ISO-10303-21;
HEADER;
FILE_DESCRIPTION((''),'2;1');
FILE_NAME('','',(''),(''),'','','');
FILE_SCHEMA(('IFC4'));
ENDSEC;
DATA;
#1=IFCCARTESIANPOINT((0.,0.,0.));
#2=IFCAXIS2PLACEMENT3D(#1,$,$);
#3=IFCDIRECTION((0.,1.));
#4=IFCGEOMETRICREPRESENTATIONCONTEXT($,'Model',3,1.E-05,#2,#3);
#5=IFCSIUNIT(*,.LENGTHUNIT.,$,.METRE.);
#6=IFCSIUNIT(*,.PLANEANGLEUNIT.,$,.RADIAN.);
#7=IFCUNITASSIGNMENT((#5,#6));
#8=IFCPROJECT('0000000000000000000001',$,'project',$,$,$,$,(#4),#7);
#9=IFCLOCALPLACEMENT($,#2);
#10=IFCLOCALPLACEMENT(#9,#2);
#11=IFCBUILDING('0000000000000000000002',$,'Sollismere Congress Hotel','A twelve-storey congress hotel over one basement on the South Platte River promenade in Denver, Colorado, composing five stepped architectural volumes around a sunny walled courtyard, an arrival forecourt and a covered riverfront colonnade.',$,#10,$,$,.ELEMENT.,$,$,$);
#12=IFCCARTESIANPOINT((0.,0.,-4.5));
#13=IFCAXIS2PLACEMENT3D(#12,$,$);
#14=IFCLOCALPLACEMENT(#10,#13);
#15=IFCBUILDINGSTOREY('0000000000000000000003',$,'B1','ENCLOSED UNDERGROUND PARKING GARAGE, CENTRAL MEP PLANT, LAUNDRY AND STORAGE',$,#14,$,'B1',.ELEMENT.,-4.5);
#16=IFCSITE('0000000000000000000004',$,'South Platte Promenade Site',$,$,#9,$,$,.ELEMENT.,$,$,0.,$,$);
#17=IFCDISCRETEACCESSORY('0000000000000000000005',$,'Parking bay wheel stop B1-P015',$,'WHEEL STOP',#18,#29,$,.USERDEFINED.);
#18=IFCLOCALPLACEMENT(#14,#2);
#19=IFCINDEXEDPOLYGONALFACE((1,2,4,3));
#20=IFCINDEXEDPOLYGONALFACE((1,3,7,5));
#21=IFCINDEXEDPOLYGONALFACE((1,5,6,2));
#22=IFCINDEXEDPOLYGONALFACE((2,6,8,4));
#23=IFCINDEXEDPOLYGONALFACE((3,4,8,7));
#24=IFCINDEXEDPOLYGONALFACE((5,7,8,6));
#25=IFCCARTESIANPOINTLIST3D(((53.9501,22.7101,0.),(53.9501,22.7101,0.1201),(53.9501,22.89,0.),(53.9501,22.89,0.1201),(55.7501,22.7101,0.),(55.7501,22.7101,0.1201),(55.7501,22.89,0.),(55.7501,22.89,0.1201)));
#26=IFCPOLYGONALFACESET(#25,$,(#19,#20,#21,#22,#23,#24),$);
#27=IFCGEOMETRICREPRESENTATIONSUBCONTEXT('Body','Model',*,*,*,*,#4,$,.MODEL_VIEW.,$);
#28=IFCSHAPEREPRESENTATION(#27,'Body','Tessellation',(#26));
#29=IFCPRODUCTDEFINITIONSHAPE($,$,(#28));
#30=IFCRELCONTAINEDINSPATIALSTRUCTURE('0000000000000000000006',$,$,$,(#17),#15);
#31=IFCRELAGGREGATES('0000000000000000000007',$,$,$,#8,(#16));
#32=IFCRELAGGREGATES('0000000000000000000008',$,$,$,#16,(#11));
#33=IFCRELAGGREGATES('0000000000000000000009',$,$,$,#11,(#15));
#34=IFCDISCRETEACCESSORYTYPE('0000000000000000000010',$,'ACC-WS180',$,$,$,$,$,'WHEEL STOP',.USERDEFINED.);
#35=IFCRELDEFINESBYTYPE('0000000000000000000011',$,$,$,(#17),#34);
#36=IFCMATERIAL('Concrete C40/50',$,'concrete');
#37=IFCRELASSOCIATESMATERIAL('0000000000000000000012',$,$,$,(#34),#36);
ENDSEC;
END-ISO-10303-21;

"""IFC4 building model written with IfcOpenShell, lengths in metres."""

from ifc_helpers import new_model, si_unit, direction, frame, origin, origin_2d, place, context, subcontext, project, spatial, rectangle, extrude, material, type_object, element, save


model = new_model("IFC4")

# Units and contexts
model_context = context("Model", 3, precision=1e-05, world=origin(), true_north=direction((0.0, 1.0)))
body_context = subcontext(model_context, "Body", "Model", "MODEL_VIEW")
ifc_project = project(units=[si_unit("LENGTHUNIT", "METRE"), si_unit("PLANEANGLEUNIT", "RADIAN")], contexts=[model_context])

# Site, building, storey
site_placement = place(None, origin())
site = spatial("IfcSite", under=ifc_project, at=site_placement, Name="South Platte Promenade Site", CompositionType="ELEMENT", RefElevation=0.0)
building_placement = place(site_placement, origin())
building = spatial("IfcBuilding", under=site, at=building_placement, Name="Sollismere Congress Hotel", Description="A twelve-storey congress hotel over one basement on the South Platte River promenade in Denver, Colorado, composing five stepped architectural volumes around a sunny walled courtyard, an arrival forecourt and a covered riverfront colonnade.", CompositionType="ELEMENT")
storey_placement = place(building_placement, frame((0.0, 0.0, -4.5)))
storey = spatial("IfcBuildingStorey", under=building, at=storey_placement, Name="B1", Description="ENCLOSED UNDERGROUND PARKING GARAGE, CENTRAL MEP PLANT, LAUNDRY AND STORAGE", LongName="B1", CompositionType="ELEMENT", Elevation=-4.5)

# Shared definitions
ifc_material_1 = material(Name="Concrete C40/50", Category="concrete")

# Discrete accessory
discrete_accessory_type = type_object("IfcDiscreteAccessoryType", Name="ACC-WS180", ElementType="WHEEL STOP", PredefinedType="USERDEFINED", material=ifc_material_1)
for number, where, z_axis, x_axis, name in (
    (1, (54.8501, 22.8, 0.0), (0.0, 0.0, 1.0), (1.0, 0.0, 0.0), "Parking bay wheel stop B1-P015"),
):
    element("IfcDiscreteAccessory", number, at=place(storey_placement, frame(where, z_axis=z_axis, x_axis=x_axis)), inside=storey, type_object=discrete_accessory_type, Name=name, ObjectType="WHEEL STOP", PredefinedType="USERDEFINED", context=body_context, shape_type="SweptSolid", body=[
        extrude(rectangle(XDim=1.8, YDim=0.1799, at=origin_2d()), origin(), (0.0, 0.0, 1.0), 0.1201),
    ])

save(model, "model.ifc")
